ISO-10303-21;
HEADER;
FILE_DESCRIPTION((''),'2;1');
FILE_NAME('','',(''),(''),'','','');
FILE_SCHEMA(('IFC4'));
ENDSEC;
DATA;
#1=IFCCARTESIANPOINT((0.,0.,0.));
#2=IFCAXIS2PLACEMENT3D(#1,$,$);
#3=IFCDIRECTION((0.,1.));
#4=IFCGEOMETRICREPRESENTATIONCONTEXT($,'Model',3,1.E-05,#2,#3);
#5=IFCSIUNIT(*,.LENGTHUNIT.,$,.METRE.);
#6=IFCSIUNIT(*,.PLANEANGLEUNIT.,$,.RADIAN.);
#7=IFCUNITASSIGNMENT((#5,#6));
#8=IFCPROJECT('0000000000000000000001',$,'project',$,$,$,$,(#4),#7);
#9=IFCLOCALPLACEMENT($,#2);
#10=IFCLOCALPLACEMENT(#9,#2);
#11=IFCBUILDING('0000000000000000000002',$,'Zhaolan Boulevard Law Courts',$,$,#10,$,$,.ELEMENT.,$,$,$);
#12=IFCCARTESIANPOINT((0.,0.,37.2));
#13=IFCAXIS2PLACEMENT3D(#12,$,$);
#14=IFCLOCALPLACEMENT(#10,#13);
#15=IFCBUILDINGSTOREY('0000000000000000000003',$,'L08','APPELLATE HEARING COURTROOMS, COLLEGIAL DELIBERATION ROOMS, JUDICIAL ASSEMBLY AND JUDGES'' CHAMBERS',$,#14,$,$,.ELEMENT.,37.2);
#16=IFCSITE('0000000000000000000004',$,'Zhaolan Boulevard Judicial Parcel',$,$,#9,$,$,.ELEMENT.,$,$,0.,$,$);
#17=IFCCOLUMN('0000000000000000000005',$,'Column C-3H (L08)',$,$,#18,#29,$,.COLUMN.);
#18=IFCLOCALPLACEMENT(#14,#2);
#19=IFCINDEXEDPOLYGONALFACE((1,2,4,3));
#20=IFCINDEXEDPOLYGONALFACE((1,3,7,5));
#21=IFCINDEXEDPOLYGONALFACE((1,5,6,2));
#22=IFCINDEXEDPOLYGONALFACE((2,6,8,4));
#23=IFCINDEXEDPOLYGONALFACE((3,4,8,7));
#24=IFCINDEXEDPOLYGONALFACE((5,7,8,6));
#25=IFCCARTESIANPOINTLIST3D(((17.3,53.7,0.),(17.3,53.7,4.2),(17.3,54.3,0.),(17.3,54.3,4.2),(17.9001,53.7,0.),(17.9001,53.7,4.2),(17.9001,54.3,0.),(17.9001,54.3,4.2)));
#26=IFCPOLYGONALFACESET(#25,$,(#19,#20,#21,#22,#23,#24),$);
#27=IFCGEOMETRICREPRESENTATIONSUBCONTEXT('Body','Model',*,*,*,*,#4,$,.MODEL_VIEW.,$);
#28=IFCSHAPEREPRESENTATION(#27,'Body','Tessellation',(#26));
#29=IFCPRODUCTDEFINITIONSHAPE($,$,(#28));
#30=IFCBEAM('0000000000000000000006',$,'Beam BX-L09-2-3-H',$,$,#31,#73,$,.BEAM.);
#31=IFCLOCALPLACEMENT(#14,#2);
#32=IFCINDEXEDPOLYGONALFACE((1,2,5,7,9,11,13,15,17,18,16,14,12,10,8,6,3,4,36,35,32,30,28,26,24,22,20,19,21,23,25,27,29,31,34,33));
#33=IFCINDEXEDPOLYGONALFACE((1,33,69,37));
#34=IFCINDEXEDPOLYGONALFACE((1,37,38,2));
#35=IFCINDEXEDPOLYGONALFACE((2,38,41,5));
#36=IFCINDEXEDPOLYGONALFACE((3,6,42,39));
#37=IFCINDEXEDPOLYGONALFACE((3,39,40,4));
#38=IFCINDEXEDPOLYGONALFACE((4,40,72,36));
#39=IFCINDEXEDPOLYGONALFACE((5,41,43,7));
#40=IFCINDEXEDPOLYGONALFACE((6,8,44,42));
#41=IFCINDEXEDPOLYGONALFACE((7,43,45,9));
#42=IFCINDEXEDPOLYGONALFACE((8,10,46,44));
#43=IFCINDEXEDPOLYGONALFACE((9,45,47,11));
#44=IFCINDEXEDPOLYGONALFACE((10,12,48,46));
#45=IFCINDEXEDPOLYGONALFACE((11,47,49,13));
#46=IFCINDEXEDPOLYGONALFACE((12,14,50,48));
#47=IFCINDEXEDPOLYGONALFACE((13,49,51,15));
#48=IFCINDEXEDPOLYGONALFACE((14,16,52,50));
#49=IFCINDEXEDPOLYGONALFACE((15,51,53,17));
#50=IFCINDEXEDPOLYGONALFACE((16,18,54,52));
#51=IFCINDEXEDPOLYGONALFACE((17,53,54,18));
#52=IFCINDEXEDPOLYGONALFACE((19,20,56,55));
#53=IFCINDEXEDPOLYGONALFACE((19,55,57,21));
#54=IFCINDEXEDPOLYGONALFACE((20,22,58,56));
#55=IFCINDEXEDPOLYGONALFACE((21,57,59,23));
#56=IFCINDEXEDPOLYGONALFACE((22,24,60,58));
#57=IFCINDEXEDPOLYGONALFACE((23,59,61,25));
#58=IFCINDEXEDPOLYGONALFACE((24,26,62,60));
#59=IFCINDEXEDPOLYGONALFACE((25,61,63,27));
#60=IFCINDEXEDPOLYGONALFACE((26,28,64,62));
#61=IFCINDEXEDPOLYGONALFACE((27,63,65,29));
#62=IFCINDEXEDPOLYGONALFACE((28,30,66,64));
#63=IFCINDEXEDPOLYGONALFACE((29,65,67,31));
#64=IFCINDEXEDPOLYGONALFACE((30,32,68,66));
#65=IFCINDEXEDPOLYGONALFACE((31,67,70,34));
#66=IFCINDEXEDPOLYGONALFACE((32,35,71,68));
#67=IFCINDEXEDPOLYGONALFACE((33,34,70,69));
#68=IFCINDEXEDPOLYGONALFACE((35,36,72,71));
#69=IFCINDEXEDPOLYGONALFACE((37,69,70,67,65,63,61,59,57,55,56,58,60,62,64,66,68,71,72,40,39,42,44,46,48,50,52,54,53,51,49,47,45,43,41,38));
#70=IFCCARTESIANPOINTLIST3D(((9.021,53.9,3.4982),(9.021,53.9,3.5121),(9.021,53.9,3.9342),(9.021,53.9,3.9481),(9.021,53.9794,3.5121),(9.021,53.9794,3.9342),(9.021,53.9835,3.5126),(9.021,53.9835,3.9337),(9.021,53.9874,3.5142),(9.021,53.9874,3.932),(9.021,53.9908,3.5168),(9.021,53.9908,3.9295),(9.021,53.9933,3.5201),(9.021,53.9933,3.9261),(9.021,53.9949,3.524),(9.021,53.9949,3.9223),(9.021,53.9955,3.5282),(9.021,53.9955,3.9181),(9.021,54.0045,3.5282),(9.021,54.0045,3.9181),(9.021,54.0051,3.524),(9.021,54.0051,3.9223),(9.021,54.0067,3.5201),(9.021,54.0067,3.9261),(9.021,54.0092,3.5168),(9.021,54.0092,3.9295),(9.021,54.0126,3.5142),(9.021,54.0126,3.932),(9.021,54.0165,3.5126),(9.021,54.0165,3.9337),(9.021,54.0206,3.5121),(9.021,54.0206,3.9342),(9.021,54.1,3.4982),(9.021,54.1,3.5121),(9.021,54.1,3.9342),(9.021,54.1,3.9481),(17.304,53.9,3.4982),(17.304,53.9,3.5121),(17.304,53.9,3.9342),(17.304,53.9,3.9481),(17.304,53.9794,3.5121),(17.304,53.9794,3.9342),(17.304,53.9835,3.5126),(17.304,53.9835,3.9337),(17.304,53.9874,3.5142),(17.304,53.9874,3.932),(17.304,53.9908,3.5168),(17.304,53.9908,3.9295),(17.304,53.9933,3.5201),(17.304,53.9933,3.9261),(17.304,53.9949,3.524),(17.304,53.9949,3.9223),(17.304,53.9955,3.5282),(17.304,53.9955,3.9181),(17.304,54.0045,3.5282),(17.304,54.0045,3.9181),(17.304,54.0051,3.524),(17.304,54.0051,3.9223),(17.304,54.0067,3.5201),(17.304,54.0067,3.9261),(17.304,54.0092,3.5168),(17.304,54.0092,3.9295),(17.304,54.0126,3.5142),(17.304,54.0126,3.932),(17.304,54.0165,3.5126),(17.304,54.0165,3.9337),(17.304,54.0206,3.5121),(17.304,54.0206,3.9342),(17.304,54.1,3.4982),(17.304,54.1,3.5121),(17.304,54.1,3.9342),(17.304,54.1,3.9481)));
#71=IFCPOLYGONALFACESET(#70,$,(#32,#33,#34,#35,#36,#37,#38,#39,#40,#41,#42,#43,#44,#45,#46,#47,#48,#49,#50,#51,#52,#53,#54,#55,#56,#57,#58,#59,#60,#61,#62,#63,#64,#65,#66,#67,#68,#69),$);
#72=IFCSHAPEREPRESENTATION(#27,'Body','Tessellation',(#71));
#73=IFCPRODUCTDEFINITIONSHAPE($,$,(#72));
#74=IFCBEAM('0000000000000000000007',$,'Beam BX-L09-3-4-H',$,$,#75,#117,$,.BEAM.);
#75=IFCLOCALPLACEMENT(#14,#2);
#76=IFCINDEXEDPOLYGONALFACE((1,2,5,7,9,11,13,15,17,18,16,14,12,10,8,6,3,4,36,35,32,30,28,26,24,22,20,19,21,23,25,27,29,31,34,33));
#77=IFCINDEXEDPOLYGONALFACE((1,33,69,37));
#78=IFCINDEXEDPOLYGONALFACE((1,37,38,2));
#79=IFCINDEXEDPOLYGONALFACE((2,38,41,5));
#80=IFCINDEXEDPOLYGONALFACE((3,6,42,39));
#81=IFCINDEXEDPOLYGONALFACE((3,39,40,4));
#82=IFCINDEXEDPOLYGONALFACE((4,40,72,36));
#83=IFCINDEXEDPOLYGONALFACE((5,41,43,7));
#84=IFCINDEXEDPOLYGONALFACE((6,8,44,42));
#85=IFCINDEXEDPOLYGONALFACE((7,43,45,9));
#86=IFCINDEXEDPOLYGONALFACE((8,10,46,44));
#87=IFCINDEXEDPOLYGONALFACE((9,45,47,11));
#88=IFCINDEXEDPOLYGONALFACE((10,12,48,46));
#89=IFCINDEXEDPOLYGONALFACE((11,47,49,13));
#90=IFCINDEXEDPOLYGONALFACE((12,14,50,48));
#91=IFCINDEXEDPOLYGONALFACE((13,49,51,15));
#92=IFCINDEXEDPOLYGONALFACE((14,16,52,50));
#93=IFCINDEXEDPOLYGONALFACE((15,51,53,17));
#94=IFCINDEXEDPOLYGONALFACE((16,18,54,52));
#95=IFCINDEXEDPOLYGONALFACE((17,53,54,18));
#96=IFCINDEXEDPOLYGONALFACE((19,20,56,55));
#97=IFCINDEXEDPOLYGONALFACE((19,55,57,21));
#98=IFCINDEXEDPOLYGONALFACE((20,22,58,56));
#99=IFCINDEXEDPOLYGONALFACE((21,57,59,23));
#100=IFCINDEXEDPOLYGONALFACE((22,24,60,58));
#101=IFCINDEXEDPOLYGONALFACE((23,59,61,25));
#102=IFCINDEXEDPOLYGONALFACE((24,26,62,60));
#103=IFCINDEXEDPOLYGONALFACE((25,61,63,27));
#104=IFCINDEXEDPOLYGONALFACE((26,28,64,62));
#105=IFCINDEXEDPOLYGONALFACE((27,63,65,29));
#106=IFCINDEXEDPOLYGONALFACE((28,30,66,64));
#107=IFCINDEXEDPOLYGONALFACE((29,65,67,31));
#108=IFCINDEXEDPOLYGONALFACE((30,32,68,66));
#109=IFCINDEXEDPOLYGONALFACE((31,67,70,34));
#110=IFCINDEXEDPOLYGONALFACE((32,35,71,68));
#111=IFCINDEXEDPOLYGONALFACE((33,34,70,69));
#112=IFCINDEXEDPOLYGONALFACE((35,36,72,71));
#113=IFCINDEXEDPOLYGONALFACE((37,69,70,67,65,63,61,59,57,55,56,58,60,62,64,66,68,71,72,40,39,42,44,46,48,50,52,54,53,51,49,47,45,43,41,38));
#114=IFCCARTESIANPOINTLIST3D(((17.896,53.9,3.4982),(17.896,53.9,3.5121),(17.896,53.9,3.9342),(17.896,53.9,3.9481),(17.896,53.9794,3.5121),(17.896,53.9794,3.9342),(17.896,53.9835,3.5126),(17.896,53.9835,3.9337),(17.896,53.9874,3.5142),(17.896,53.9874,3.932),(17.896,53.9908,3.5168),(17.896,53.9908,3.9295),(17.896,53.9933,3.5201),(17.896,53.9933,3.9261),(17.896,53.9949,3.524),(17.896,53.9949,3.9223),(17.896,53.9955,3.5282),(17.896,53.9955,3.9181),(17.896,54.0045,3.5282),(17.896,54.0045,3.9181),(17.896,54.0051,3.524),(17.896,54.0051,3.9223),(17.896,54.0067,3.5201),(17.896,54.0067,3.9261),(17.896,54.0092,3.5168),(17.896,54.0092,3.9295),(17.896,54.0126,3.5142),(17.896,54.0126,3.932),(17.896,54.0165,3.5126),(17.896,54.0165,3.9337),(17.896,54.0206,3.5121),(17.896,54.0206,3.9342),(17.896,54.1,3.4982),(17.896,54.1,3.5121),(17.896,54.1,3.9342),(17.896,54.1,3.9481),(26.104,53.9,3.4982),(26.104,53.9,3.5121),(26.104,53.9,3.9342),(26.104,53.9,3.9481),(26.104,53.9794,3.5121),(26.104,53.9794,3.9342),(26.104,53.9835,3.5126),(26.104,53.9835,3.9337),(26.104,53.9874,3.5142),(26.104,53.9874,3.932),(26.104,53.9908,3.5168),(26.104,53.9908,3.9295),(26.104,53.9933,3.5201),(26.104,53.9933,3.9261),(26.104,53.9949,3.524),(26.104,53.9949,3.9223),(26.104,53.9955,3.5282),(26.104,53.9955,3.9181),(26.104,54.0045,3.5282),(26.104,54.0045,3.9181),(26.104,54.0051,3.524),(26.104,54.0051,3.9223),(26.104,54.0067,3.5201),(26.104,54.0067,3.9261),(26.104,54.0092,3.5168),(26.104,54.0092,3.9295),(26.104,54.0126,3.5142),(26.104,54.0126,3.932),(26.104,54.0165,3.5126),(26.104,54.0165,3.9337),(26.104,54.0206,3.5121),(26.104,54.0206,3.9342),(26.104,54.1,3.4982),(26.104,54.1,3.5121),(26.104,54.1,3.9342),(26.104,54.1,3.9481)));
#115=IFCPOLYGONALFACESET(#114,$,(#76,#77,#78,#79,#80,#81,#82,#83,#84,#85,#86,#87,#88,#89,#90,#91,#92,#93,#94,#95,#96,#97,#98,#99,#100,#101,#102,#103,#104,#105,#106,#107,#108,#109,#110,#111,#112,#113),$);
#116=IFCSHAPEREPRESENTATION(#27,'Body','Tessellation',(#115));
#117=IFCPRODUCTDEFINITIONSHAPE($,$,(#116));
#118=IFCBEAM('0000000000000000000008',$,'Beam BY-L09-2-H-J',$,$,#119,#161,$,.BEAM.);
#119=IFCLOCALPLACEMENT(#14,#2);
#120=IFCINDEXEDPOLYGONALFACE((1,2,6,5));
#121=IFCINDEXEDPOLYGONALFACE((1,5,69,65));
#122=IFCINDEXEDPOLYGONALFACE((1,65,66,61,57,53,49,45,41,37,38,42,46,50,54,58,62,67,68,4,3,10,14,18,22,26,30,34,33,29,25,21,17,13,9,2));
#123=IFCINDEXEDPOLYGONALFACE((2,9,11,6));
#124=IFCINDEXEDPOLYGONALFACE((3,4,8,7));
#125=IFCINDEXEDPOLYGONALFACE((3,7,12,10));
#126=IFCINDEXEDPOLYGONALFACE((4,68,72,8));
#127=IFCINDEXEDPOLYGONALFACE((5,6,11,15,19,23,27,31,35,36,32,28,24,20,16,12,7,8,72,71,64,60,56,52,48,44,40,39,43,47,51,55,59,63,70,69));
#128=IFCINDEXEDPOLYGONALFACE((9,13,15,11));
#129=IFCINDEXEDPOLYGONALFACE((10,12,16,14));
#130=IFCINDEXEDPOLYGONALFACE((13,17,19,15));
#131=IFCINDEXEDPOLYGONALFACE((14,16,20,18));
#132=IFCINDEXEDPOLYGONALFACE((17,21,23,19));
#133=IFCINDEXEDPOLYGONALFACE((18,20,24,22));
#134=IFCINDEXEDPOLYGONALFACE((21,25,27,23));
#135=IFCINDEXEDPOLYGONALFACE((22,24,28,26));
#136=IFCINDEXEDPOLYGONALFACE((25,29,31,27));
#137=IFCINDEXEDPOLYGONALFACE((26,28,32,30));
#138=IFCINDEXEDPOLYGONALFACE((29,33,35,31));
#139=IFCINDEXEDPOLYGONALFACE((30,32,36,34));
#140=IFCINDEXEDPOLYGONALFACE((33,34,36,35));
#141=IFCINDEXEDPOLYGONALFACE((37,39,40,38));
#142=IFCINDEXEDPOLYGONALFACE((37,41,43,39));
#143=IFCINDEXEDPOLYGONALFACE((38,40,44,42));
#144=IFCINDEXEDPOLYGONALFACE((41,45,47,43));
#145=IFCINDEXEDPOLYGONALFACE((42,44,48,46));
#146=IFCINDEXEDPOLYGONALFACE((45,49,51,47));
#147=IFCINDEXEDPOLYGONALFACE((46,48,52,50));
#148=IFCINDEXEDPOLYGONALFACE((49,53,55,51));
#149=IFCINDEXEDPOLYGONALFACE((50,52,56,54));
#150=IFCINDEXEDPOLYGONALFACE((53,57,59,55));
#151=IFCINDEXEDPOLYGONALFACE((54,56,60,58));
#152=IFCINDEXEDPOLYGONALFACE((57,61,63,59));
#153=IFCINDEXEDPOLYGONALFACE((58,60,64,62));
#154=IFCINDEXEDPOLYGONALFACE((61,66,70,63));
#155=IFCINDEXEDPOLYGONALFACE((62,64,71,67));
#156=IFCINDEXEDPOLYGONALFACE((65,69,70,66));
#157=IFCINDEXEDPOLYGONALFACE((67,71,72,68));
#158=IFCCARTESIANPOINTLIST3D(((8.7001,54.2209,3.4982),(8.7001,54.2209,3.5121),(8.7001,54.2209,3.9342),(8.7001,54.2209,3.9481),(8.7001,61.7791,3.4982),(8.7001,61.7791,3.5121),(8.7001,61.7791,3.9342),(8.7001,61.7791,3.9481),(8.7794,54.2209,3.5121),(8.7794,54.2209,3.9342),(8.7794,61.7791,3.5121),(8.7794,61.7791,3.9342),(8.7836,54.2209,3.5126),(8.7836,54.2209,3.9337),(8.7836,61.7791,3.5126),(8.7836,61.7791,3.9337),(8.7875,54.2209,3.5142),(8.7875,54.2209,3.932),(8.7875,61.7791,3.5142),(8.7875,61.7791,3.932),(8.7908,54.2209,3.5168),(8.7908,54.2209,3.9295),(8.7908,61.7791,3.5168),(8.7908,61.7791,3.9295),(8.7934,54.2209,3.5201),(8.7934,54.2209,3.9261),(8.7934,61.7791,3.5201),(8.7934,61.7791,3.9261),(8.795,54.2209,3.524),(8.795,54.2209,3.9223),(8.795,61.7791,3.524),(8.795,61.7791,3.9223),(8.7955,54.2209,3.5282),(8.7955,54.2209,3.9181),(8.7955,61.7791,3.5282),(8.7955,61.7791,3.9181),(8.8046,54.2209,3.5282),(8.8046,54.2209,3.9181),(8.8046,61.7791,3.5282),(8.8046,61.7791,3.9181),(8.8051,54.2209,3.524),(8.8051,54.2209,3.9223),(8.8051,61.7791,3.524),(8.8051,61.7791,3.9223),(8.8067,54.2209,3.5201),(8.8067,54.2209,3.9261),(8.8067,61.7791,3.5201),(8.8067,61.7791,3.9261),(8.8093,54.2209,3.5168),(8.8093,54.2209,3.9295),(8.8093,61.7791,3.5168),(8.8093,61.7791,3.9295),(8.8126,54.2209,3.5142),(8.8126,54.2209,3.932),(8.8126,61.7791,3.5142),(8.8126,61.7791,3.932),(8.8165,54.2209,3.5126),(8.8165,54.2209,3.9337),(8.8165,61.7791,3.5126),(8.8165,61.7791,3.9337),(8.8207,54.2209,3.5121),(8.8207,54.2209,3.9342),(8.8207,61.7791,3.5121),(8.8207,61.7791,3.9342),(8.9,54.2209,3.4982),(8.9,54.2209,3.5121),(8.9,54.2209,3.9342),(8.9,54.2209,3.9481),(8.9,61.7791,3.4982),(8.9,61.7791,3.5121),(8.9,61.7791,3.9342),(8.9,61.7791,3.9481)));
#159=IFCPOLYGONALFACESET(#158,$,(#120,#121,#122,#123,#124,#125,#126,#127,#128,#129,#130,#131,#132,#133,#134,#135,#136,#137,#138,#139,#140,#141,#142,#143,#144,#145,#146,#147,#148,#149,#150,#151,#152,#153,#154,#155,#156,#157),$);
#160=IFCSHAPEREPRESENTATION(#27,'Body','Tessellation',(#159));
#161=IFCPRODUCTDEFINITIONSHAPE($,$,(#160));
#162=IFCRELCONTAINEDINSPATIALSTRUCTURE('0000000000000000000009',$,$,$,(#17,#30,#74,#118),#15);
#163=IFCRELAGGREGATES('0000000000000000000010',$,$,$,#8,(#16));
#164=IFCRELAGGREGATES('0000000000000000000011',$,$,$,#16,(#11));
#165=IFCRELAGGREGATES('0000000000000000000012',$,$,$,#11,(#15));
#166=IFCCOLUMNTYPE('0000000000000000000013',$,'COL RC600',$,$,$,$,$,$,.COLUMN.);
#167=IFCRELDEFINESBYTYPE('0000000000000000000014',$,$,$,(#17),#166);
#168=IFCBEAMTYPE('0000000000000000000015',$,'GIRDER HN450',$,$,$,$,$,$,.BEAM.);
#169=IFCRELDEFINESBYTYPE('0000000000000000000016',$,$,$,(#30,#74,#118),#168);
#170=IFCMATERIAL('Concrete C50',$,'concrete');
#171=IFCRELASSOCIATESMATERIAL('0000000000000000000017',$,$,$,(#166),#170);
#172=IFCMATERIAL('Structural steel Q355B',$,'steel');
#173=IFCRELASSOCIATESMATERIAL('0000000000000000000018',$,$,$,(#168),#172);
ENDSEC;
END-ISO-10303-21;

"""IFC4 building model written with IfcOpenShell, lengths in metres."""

from ifc_helpers import new_model, si_unit, direction, frame, origin, origin_2d, place, context, subcontext, project, spatial, rectangle, i_section, extrude, material, material_profile, profile_set, type_object, element, save


model = new_model("IFC4")

# Units and contexts
model_context = context("Model", 3, precision=1e-05, world=origin(), true_north=direction((0.0, 1.0)))
body_context = subcontext(model_context, "Body", "Model", "MODEL_VIEW")
ifc_project = project(units=[si_unit("LENGTHUNIT", "METRE"), si_unit("PLANEANGLEUNIT", "RADIAN")], contexts=[model_context])

# Site, building, storey
site_placement = place(None, origin())
site = spatial("IfcSite", under=ifc_project, at=site_placement, Name="Zhaolan Boulevard Judicial Parcel", CompositionType="ELEMENT", RefElevation=0.0)
building_placement = place(site_placement, origin())
building = spatial("IfcBuilding", under=site, at=building_placement, Name="Zhaolan Boulevard Law Courts", CompositionType="ELEMENT")
storey_placement = place(building_placement, frame((0.0, 0.0, 37.2)))
storey = spatial("IfcBuildingStorey", under=building, at=storey_placement, Name="L08", Description="APPELLATE HEARING COURTROOMS, COLLEGIAL DELIBERATION ROOMS, JUDICIAL ASSEMBLY AND JUDGES' CHAMBERS", CompositionType="ELEMENT", Elevation=37.2)

# Column
ifc_material_1 = material(Name="Concrete C50", Category="concrete")
ifc_material_profile_1 = material_profile(ifc_material_1, rectangle(XDim=0.6001, YDim=0.6001, at=origin_2d()), Name="RC600x600")
ifc_profile_set_1 = profile_set([ifc_material_profile_1], Name="Concrete C50")
column_type = type_object("IfcColumnType", Name="COL RC600", PredefinedType="COLUMN", material=ifc_profile_set_1)
column_placement = place(storey_placement, frame((17.6001, 54.0, 0.0), z_axis=(0.0, 0.0, 1.0), x_axis=(1.0, 0.0, 0.0)))
element("IfcColumn", 1, at=column_placement, inside=storey, type_object=column_type, Name="Column C-3H (L08)", PredefinedType="COLUMN", context=body_context, shape_type="SweptSolid", body=[
    extrude(rectangle(XDim=0.6001, YDim=0.6001, at=origin_2d()), origin(), (0.0, 0.0, 1.0), 4.2),
])

# Beams
ifc_material_2 = material(Name="Structural steel Q355B", Category="steel")
ifc_material_profile_2 = material_profile(ifc_material_2, i_section(OverallWidth=0.2, OverallDepth=0.45, WebThickness=0.009, FlangeThickness=0.0139, FilletRadius=0.0161, at=origin_2d()), Name="HN450x200")
ifc_profile_set_2 = profile_set([ifc_material_profile_2], Name="Structural steel Q355B")
beam_type_1 = type_object("IfcBeamType", Name="GIRDER HN450", PredefinedType="BEAM", material=ifc_profile_set_2)
beam_1_placement = place(storey_placement, frame((9.021, 54.0, 3.7231), z_axis=(1.0, 0.0, 0.0), x_axis=(0.0, 1.0, 0.0)))
element("IfcBeam", 2, at=beam_1_placement, inside=storey, type_object=beam_type_1, Name="Beam BX-L09-2-3-H", PredefinedType="BEAM", context=body_context, shape_type="SweptSolid", body=[
    extrude(i_section(OverallWidth=0.2, OverallDepth=0.45, WebThickness=0.009, FlangeThickness=0.0139, FilletRadius=0.0161, at=origin_2d()), origin(), (0.0, 0.0, 1.0), 8.283),
])
beam_2_placement = place(storey_placement, frame((17.896, 54.0, 3.7231), z_axis=(1.0, 0.0, 0.0), x_axis=(0.0, 1.0, 0.0)))
element("IfcBeam", 3, at=beam_2_placement, inside=storey, type_object=beam_type_1, Name="Beam BX-L09-3-4-H", PredefinedType="BEAM", context=body_context, shape_type="SweptSolid", body=[
    extrude(i_section(OverallWidth=0.2, OverallDepth=0.45, WebThickness=0.009, FlangeThickness=0.0139, FilletRadius=0.0161, at=origin_2d()), origin(), (0.0, 0.0, 1.0), 8.208),
])
beam_3_placement = place(storey_placement, frame((8.8, 54.2209, 3.7231), z_axis=(0.0, 1.0, 0.0), x_axis=(-1.0, 0.0, 0.0)))
element("IfcBeam", 4, at=beam_3_placement, inside=storey, type_object=beam_type_1, Name="Beam BY-L09-2-H-J", PredefinedType="BEAM", context=body_context, shape_type="SweptSolid", body=[
    extrude(i_section(OverallWidth=0.2, OverallDepth=0.45, WebThickness=0.009, FlangeThickness=0.0139, FilletRadius=0.0161, at=origin_2d()), origin(), (0.0, 0.0, 1.0), 7.5581),
])

save(model, "model.ifc")
